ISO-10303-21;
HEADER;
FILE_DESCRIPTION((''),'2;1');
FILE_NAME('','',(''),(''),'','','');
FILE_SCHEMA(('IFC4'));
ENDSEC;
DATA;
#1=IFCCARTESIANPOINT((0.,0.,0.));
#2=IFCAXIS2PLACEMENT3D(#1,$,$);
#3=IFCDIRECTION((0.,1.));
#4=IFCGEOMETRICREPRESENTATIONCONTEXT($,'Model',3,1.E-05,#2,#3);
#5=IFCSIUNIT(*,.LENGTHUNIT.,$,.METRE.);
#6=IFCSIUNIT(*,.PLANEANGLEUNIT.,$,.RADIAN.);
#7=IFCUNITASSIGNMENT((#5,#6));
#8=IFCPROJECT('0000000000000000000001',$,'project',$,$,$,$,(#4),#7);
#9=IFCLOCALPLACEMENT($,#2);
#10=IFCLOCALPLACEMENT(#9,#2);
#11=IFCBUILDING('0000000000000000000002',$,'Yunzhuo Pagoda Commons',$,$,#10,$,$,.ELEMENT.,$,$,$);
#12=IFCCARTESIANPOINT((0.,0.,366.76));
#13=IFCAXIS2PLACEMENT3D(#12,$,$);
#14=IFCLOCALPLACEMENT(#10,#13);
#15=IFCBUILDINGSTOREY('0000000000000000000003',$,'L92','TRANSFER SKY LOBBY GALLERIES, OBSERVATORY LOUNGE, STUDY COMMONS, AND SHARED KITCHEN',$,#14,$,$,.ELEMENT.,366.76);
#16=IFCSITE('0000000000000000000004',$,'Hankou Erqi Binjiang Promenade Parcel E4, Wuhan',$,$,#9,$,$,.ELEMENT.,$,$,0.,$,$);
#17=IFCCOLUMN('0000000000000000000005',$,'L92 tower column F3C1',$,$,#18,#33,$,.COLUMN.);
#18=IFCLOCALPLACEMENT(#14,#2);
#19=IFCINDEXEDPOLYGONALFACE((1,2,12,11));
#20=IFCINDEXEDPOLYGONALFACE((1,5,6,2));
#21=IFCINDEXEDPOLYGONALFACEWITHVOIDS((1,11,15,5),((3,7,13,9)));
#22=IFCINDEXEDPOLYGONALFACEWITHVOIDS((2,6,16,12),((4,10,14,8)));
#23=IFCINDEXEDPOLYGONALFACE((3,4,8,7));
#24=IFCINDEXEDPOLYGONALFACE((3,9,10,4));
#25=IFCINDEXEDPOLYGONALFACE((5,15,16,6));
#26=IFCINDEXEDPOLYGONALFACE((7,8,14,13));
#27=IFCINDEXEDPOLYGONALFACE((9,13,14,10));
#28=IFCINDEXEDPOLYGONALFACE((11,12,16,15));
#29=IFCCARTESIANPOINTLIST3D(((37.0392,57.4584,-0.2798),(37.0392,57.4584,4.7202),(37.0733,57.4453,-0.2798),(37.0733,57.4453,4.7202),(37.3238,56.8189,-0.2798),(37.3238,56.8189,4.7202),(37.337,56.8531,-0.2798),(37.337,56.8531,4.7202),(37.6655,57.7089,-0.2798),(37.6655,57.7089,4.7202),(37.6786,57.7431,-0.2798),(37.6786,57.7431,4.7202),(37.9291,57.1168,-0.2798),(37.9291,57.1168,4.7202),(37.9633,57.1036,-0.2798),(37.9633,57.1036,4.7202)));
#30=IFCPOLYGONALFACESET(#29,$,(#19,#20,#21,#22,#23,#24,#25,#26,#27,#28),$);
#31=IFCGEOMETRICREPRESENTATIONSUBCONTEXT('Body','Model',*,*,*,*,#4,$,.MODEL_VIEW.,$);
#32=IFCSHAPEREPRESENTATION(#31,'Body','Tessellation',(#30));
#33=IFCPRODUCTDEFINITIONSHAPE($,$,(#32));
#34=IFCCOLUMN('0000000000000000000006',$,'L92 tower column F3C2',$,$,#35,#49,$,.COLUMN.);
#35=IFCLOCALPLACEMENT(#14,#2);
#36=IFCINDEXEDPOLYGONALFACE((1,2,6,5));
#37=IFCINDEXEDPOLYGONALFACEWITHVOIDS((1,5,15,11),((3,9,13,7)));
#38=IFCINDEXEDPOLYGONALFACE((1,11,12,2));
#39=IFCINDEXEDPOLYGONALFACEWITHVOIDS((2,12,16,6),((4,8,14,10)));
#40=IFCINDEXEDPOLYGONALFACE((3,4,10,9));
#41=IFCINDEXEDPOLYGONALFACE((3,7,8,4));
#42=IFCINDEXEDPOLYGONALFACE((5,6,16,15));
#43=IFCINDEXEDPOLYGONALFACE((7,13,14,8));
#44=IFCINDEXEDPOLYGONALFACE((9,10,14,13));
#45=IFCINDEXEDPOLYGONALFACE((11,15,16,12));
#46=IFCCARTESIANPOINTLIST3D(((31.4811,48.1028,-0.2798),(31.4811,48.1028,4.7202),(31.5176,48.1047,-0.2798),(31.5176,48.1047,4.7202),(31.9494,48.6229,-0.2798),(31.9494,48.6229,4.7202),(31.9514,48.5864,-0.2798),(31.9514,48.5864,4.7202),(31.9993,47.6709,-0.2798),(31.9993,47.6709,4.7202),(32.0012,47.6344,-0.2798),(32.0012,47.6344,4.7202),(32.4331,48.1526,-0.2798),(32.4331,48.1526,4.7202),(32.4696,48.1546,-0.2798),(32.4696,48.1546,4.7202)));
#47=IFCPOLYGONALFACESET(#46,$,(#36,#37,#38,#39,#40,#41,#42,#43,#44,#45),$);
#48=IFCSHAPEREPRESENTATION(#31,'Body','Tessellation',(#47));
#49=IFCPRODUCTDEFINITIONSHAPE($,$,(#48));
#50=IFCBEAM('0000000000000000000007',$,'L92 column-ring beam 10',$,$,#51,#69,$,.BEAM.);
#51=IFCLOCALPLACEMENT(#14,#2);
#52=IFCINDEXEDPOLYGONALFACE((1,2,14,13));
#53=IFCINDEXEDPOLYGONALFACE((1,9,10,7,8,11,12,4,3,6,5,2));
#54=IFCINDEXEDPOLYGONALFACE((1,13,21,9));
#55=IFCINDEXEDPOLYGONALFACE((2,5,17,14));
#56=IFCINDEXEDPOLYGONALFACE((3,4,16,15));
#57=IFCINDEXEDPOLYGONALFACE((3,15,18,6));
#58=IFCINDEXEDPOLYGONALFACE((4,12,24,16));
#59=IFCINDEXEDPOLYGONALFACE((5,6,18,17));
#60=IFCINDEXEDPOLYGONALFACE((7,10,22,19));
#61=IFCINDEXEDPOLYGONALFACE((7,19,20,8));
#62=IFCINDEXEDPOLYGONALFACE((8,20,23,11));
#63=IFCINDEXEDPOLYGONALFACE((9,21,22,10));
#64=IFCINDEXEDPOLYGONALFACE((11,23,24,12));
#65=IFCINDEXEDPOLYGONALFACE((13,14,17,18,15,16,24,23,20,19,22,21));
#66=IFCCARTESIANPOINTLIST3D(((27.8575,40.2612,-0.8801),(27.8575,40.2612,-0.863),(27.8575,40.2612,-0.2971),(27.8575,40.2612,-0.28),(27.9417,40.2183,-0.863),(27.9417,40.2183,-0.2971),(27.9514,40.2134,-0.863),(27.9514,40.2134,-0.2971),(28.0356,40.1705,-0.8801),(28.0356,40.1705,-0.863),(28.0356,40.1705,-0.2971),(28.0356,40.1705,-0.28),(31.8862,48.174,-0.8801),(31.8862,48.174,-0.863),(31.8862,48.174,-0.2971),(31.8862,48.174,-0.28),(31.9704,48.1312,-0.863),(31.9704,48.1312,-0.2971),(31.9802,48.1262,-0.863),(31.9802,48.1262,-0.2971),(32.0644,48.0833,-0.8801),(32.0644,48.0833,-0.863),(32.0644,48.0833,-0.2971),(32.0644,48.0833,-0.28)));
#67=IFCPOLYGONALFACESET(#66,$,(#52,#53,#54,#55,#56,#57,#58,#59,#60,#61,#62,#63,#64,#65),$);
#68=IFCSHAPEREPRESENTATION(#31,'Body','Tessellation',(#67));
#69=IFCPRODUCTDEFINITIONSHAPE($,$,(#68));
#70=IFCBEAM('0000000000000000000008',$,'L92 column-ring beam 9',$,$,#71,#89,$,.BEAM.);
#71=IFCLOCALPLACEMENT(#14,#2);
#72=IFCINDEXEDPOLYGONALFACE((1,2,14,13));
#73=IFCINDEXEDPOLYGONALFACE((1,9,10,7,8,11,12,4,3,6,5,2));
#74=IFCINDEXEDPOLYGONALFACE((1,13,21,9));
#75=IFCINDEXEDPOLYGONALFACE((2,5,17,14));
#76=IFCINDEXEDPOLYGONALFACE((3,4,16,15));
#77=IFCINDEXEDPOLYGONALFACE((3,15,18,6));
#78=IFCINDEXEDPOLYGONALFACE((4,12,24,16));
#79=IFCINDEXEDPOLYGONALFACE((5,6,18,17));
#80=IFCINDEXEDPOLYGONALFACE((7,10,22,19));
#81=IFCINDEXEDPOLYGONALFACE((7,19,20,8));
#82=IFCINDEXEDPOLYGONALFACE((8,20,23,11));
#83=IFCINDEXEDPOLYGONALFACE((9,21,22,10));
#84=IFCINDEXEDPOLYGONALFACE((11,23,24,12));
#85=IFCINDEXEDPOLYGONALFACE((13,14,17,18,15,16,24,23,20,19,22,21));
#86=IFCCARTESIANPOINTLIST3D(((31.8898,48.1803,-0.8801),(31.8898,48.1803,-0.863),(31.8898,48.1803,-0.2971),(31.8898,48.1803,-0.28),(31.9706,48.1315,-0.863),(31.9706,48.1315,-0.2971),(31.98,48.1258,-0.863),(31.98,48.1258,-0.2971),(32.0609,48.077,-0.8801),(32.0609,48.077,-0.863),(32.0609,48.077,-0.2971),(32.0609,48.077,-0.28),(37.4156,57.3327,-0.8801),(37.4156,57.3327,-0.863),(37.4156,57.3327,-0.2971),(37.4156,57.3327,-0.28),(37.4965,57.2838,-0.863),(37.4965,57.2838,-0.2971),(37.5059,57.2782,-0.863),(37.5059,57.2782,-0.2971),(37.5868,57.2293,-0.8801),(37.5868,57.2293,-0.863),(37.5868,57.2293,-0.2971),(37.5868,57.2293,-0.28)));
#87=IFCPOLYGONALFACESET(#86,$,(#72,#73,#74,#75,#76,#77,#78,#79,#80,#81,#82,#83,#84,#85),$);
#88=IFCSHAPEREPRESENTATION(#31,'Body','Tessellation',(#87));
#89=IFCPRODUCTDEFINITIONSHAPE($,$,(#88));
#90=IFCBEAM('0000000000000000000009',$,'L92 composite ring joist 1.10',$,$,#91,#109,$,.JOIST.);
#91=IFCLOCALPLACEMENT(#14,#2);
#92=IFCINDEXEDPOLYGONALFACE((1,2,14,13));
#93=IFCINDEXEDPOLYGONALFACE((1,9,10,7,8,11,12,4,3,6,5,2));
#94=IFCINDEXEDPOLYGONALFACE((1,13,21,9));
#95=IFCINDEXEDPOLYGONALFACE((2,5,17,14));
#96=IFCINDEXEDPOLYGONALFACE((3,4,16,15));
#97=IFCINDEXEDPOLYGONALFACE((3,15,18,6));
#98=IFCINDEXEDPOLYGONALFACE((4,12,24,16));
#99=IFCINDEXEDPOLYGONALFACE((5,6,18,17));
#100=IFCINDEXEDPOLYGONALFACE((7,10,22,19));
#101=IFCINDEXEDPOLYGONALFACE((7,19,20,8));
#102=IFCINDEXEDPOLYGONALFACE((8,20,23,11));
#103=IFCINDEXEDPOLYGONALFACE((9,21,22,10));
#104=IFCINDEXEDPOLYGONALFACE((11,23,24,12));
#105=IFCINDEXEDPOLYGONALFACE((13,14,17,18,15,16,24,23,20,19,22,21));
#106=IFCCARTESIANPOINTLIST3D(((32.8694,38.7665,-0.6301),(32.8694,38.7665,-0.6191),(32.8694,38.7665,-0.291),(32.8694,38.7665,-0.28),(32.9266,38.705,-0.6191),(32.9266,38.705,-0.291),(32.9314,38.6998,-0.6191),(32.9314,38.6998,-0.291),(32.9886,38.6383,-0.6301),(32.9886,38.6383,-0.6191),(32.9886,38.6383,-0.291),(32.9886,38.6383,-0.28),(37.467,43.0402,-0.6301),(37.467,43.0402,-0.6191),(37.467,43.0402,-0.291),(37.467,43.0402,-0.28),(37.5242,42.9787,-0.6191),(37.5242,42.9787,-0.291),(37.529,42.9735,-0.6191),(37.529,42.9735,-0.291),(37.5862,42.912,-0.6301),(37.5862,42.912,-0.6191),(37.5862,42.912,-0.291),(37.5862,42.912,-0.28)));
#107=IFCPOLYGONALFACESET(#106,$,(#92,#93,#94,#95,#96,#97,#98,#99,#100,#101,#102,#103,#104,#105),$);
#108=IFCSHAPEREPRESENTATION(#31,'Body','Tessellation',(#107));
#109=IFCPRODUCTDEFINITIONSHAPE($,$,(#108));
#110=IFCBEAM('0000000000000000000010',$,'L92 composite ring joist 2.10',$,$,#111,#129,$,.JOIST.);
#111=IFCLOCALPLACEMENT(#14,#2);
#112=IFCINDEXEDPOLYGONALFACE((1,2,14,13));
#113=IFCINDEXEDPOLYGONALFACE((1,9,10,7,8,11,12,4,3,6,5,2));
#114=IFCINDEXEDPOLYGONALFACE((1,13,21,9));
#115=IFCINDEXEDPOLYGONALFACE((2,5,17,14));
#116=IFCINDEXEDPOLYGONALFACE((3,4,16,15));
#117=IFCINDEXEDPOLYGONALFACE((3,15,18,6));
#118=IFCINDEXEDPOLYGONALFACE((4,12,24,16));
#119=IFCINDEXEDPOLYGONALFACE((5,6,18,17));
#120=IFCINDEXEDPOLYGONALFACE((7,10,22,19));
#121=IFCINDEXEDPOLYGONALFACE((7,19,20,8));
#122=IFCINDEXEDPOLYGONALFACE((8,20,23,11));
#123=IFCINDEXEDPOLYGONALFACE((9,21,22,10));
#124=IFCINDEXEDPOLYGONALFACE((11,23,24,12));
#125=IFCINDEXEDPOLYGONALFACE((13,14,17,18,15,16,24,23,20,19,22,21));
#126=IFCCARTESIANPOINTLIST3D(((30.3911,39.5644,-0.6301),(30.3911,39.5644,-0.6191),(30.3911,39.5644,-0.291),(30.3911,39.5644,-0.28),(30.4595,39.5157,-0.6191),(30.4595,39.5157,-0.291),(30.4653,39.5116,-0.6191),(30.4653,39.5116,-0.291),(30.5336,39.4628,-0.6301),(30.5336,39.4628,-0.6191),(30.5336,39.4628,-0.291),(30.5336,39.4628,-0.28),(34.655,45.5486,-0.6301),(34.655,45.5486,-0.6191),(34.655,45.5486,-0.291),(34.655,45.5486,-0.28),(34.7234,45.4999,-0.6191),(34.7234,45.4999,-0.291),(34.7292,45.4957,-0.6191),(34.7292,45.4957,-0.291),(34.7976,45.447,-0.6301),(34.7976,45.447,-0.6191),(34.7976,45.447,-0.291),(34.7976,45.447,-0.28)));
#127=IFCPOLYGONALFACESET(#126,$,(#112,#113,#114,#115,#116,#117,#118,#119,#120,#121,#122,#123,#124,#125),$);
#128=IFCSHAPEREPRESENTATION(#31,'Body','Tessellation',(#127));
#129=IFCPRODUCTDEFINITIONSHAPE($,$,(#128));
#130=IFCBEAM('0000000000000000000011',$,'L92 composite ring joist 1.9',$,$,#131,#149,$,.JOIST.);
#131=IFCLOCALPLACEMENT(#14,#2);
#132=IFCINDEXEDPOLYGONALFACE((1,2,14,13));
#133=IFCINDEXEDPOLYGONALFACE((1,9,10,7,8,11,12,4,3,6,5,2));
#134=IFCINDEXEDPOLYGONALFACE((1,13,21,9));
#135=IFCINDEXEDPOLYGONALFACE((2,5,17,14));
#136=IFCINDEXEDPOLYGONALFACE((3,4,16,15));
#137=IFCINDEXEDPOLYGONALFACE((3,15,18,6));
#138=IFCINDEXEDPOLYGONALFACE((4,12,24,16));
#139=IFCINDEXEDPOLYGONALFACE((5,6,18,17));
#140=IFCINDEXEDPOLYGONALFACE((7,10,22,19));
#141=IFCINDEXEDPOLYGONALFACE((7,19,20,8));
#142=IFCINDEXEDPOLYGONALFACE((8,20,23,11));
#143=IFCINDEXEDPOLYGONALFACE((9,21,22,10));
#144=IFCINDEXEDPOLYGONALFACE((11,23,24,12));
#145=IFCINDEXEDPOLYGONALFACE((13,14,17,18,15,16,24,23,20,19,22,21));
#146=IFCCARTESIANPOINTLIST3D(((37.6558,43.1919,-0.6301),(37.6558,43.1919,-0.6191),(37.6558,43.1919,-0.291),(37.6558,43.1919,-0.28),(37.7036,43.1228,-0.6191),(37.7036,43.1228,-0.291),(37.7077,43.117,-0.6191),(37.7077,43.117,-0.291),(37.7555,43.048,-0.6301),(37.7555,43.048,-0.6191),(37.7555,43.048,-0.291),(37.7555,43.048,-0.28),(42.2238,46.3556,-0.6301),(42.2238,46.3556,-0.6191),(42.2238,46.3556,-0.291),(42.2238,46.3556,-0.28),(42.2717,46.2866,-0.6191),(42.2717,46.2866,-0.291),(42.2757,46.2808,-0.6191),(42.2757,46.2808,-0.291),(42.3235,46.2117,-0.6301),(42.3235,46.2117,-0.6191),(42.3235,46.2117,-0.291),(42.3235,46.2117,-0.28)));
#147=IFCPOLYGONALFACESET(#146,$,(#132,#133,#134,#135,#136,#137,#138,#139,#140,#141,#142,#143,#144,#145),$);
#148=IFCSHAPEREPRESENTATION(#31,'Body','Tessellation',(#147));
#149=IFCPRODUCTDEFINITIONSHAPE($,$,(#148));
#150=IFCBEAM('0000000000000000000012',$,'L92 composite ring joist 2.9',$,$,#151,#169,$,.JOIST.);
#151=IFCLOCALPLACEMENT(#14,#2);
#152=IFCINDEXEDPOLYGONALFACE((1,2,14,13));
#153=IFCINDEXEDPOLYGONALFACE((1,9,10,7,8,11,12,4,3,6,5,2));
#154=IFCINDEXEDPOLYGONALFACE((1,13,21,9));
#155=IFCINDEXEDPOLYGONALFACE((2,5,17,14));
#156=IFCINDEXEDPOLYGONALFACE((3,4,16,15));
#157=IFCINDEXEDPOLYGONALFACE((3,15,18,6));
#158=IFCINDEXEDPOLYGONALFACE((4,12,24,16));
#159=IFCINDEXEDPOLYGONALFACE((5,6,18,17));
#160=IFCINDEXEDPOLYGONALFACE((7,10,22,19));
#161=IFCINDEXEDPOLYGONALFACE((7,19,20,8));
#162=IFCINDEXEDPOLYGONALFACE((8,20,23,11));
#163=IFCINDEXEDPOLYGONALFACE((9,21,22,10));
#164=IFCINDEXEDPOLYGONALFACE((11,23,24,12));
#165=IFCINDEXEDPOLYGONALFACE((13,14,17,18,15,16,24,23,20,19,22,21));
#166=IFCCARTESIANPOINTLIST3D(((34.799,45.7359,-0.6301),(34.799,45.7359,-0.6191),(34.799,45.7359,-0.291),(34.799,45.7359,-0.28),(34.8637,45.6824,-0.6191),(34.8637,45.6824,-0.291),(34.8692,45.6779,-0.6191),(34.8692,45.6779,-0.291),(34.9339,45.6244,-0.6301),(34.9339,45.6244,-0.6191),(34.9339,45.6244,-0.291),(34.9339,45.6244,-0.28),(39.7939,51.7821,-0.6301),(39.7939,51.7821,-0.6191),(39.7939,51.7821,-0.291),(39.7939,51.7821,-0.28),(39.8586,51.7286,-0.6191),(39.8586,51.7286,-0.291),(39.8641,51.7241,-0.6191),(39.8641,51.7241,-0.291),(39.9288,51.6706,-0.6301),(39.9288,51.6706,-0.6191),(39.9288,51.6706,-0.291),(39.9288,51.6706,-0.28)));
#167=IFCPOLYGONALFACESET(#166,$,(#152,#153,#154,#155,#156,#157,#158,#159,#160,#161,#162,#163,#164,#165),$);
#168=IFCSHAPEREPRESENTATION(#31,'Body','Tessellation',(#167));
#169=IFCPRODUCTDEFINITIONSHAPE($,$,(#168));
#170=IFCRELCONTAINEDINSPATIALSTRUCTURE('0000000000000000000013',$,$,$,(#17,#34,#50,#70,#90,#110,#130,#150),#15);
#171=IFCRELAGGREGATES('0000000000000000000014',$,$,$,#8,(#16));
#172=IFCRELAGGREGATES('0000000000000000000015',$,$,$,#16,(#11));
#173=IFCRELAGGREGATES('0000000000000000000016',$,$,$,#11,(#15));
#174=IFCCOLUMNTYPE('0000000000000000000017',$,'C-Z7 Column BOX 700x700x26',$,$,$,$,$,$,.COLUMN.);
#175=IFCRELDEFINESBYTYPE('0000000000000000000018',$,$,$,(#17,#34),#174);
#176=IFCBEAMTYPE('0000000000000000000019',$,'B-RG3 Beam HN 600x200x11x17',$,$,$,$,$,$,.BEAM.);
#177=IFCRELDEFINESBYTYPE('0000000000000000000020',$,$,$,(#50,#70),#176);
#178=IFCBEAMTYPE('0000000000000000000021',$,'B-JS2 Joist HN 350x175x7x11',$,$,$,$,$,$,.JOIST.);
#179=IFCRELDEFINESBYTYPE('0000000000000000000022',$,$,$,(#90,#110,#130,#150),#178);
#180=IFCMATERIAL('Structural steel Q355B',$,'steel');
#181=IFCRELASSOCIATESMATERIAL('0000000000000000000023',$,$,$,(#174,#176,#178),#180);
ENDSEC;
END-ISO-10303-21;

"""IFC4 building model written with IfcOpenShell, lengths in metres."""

from ifc_helpers import new_model, si_unit, direction, frame, origin, origin_2d, place, context, subcontext, project, spatial, hollow_rectangle, i_section, extrude, source, transform, mapped, material, material_profile, profile_set, type_object, element, save


model = new_model("IFC4")

# Units and contexts
model_context = context("Model", 3, precision=1e-05, world=origin(), true_north=direction((0.0, 1.0)))
body_context = subcontext(model_context, "Body", "Model", "MODEL_VIEW")
ifc_project = project(units=[si_unit("LENGTHUNIT", "METRE"), si_unit("PLANEANGLEUNIT", "RADIAN")], contexts=[model_context])

# Site, building, storey
site_placement = place(None, origin())
site = spatial("IfcSite", under=ifc_project, at=site_placement, Name="Hankou Erqi Binjiang Promenade Parcel E4, Wuhan", CompositionType="ELEMENT", RefElevation=0.0)
building_placement = place(site_placement, origin())
building = spatial("IfcBuilding", under=site, at=building_placement, Name="Yunzhuo Pagoda Commons", CompositionType="ELEMENT")
storey_placement = place(building_placement, frame((0.0, 0.0, 366.76)))
storey = spatial("IfcBuildingStorey", under=building, at=storey_placement, Name="L92", Description="TRANSFER SKY LOBBY GALLERIES, OBSERVATORY LOUNGE, STUDY COMMONS, AND SHARED KITCHEN", CompositionType="ELEMENT", Elevation=366.76)

# Columns
ifc_material_1 = material(Name="Structural steel Q355B", Category="steel")
ifc_material_profile_1 = material_profile(ifc_material_1, hollow_rectangle(XDim=0.7, YDim=0.7, WallThickness=0.0259, at=origin_2d()), Name="Structural steel Q355B")
ifc_profile_set_1 = profile_set([ifc_material_profile_1], Name="Structural steel Q355B")
column_type = type_object("IfcColumnType", Name="C-Z7 Column BOX 700x700x26", PredefinedType="COLUMN", material=ifc_profile_set_1)
shared_shape_1 = source(origin(), body_context, "Body", "SweptSolid", [
    extrude(hollow_rectangle(XDim=0.7, YDim=0.7, WallThickness=0.0259, at=origin_2d()), origin(), (0.0, 0.0, 1.0), 5.0),
])
for number, where, z_axis, x_axis, name in (
    (1, (37.5012, 57.281, -0.2798), (0.0, 0.0, 1.0), (-0.913545, -0.406737, 0.0), "L92 tower column F3C1"),
    (2, (31.9753, 48.1287, -0.2798), (0.0, 0.0, 1.0), (-0.669131, -0.743145, 0.0), "L92 tower column F3C2"),
):
    element("IfcColumn", number, at=place(storey_placement, frame(where, z_axis=z_axis, x_axis=x_axis)), inside=storey, type_object=column_type, Name=name, PredefinedType="COLUMN", context=body_context, shape_type="MappedRepresentation", body=[
        mapped(shared_shape_1, transform((0.0, 0.0, 0.0), scale=1.0)),
    ])

# Beams
ifc_material_profile_2 = material_profile(ifc_material_1, i_section(OverallWidth=0.2, OverallDepth=0.6001, WebThickness=0.011, FlangeThickness=0.0171, at=origin_2d()), Name="Structural steel Q355B")
ifc_profile_set_2 = profile_set([ifc_material_profile_2], Name="Structural steel Q355B")
beam_type_1 = type_object("IfcBeamType", Name="B-RG3 Beam HN 600x200x11x17", PredefinedType="BEAM", material=ifc_profile_set_2)
shared_shape_2 = source(origin(), body_context, "Body", "SweptSolid", [
    extrude(i_section(OverallWidth=0.2, OverallDepth=0.6001, WebThickness=0.011, FlangeThickness=0.0171, at=origin_2d()), origin(), (0.0, 0.0, 1.0), 8.8794),
])
beam_1_placement = place(storey_placement, frame((31.9753, 48.1287, -0.5801), z_axis=(-0.453724, -0.891142, 0.0), x_axis=(0.891142, -0.453724, 0.0)))
element("IfcBeam", 3, at=beam_1_placement, inside=storey, type_object=beam_type_1, Name="L92 column-ring beam 10", PredefinedType="BEAM", context=body_context, shape_type="MappedRepresentation", body=[
    mapped(shared_shape_2, transform((0.0, 0.0, 0.0), scale=1.0)),
])
shared_shape_3 = source(origin(), body_context, "Body", "SweptSolid", [
    extrude(i_section(OverallWidth=0.2, OverallDepth=0.6001, WebThickness=0.011, FlangeThickness=0.0171, at=origin_2d()), origin(), (0.0, 0.0, 1.0), 10.6912),
])
beam_2_placement = place(storey_placement, frame((37.5012, 57.281, -0.5801), z_axis=(-0.516865, -0.856067, 0.0), x_axis=(0.856067, -0.516865, 0.0)))
element("IfcBeam", 4, at=beam_2_placement, inside=storey, type_object=beam_type_1, Name="L92 column-ring beam 9", PredefinedType="BEAM", context=body_context, shape_type="MappedRepresentation", body=[
    mapped(shared_shape_3, transform((0.0, 0.0, 0.0), scale=1.0)),
])
ifc_material_profile_3 = material_profile(ifc_material_1, i_section(OverallWidth=0.175, OverallDepth=0.3501, WebThickness=0.0071, FlangeThickness=0.011, at=origin_2d()), Name="Structural steel Q355B")
ifc_profile_set_3 = profile_set([ifc_material_profile_3], Name="Structural steel Q355B")
beam_type_2 = type_object("IfcBeamType", Name="B-JS2 Joist HN 350x175x7x11", PredefinedType="JOIST", material=ifc_profile_set_3)
shared_shape_4 = source(origin(), body_context, "Body", "SweptSolid", [
    extrude(i_section(OverallWidth=0.175, OverallDepth=0.3501, WebThickness=0.0071, FlangeThickness=0.011, at=origin_2d()), origin(), (0.0, 0.0, 1.0), 6.2771),
])
beam_3_placement = place(storey_placement, frame((37.5266, 42.9761, -0.4551), z_axis=(-0.732442, -0.68083, 0.0), x_axis=(0.68083, -0.732442, 0.0)))
element("IfcBeam", 5, at=beam_3_placement, inside=storey, type_object=beam_type_2, Name="L92 composite ring joist 1.10", PredefinedType="JOIST", context=body_context, shape_type="MappedRepresentation", body=[
    mapped(shared_shape_4, transform((0.0, 0.0, 0.0), scale=1.0)),
])
shared_shape_5 = source(origin(), body_context, "Body", "SweptSolid", [
    extrude(i_section(OverallWidth=0.175, OverallDepth=0.3501, WebThickness=0.0071, FlangeThickness=0.011, at=origin_2d()), origin(), (0.0, 0.0, 1.0), 7.3479),
])
beam_4_placement = place(storey_placement, frame((34.7263, 45.4978, -0.4551), z_axis=(-0.580295, -0.814406, 0.0), x_axis=(0.814406, -0.580295, 0.0)))
element("IfcBeam", 6, at=beam_4_placement, inside=storey, type_object=beam_type_2, Name="L92 composite ring joist 2.10", PredefinedType="JOIST", context=body_context, shape_type="MappedRepresentation", body=[
    mapped(shared_shape_5, transform((0.0, 0.0, 0.0), scale=1.0)),
])
shared_shape_6 = source(origin(), body_context, "Body", "SweptSolid", [
    extrude(i_section(OverallWidth=0.175, OverallDepth=0.3501, WebThickness=0.0071, FlangeThickness=0.011, at=origin_2d()), origin(), (0.0, 0.0, 1.0), 5.5566),
])
beam_5_placement = place(storey_placement, frame((42.2737, 46.2837, -0.4551), z_axis=(-0.822085, -0.569365, 0.0), x_axis=(0.569365, -0.822085, 0.0)))
element("IfcBeam", 7, at=beam_5_placement, inside=storey, type_object=beam_type_2, Name="L92 composite ring joist 1.9", PredefinedType="JOIST", context=body_context, shape_type="MappedRepresentation", body=[
    mapped(shared_shape_6, transform((0.0, 0.0, 0.0), scale=1.0)),
])
shared_shape_7 = source(origin(), body_context, "Body", "SweptSolid", [
    extrude(i_section(OverallWidth=0.175, OverallDepth=0.3501, WebThickness=0.0071, FlangeThickness=0.011, at=origin_2d()), origin(), (0.0, 0.0, 1.0), 7.8425),
])
beam_6_placement = place(storey_placement, frame((39.8613, 51.7263, -0.4551), z_axis=(-0.636899, -0.770947, 0.0), x_axis=(0.770947, -0.636899, 0.0)))
element("IfcBeam", 8, at=beam_6_placement, inside=storey, type_object=beam_type_2, Name="L92 composite ring joist 2.9", PredefinedType="JOIST", context=body_context, shape_type="MappedRepresentation", body=[
    mapped(shared_shape_7, transform((0.0, 0.0, 0.0), scale=1.0)),
])

save(model, "model.ifc")
